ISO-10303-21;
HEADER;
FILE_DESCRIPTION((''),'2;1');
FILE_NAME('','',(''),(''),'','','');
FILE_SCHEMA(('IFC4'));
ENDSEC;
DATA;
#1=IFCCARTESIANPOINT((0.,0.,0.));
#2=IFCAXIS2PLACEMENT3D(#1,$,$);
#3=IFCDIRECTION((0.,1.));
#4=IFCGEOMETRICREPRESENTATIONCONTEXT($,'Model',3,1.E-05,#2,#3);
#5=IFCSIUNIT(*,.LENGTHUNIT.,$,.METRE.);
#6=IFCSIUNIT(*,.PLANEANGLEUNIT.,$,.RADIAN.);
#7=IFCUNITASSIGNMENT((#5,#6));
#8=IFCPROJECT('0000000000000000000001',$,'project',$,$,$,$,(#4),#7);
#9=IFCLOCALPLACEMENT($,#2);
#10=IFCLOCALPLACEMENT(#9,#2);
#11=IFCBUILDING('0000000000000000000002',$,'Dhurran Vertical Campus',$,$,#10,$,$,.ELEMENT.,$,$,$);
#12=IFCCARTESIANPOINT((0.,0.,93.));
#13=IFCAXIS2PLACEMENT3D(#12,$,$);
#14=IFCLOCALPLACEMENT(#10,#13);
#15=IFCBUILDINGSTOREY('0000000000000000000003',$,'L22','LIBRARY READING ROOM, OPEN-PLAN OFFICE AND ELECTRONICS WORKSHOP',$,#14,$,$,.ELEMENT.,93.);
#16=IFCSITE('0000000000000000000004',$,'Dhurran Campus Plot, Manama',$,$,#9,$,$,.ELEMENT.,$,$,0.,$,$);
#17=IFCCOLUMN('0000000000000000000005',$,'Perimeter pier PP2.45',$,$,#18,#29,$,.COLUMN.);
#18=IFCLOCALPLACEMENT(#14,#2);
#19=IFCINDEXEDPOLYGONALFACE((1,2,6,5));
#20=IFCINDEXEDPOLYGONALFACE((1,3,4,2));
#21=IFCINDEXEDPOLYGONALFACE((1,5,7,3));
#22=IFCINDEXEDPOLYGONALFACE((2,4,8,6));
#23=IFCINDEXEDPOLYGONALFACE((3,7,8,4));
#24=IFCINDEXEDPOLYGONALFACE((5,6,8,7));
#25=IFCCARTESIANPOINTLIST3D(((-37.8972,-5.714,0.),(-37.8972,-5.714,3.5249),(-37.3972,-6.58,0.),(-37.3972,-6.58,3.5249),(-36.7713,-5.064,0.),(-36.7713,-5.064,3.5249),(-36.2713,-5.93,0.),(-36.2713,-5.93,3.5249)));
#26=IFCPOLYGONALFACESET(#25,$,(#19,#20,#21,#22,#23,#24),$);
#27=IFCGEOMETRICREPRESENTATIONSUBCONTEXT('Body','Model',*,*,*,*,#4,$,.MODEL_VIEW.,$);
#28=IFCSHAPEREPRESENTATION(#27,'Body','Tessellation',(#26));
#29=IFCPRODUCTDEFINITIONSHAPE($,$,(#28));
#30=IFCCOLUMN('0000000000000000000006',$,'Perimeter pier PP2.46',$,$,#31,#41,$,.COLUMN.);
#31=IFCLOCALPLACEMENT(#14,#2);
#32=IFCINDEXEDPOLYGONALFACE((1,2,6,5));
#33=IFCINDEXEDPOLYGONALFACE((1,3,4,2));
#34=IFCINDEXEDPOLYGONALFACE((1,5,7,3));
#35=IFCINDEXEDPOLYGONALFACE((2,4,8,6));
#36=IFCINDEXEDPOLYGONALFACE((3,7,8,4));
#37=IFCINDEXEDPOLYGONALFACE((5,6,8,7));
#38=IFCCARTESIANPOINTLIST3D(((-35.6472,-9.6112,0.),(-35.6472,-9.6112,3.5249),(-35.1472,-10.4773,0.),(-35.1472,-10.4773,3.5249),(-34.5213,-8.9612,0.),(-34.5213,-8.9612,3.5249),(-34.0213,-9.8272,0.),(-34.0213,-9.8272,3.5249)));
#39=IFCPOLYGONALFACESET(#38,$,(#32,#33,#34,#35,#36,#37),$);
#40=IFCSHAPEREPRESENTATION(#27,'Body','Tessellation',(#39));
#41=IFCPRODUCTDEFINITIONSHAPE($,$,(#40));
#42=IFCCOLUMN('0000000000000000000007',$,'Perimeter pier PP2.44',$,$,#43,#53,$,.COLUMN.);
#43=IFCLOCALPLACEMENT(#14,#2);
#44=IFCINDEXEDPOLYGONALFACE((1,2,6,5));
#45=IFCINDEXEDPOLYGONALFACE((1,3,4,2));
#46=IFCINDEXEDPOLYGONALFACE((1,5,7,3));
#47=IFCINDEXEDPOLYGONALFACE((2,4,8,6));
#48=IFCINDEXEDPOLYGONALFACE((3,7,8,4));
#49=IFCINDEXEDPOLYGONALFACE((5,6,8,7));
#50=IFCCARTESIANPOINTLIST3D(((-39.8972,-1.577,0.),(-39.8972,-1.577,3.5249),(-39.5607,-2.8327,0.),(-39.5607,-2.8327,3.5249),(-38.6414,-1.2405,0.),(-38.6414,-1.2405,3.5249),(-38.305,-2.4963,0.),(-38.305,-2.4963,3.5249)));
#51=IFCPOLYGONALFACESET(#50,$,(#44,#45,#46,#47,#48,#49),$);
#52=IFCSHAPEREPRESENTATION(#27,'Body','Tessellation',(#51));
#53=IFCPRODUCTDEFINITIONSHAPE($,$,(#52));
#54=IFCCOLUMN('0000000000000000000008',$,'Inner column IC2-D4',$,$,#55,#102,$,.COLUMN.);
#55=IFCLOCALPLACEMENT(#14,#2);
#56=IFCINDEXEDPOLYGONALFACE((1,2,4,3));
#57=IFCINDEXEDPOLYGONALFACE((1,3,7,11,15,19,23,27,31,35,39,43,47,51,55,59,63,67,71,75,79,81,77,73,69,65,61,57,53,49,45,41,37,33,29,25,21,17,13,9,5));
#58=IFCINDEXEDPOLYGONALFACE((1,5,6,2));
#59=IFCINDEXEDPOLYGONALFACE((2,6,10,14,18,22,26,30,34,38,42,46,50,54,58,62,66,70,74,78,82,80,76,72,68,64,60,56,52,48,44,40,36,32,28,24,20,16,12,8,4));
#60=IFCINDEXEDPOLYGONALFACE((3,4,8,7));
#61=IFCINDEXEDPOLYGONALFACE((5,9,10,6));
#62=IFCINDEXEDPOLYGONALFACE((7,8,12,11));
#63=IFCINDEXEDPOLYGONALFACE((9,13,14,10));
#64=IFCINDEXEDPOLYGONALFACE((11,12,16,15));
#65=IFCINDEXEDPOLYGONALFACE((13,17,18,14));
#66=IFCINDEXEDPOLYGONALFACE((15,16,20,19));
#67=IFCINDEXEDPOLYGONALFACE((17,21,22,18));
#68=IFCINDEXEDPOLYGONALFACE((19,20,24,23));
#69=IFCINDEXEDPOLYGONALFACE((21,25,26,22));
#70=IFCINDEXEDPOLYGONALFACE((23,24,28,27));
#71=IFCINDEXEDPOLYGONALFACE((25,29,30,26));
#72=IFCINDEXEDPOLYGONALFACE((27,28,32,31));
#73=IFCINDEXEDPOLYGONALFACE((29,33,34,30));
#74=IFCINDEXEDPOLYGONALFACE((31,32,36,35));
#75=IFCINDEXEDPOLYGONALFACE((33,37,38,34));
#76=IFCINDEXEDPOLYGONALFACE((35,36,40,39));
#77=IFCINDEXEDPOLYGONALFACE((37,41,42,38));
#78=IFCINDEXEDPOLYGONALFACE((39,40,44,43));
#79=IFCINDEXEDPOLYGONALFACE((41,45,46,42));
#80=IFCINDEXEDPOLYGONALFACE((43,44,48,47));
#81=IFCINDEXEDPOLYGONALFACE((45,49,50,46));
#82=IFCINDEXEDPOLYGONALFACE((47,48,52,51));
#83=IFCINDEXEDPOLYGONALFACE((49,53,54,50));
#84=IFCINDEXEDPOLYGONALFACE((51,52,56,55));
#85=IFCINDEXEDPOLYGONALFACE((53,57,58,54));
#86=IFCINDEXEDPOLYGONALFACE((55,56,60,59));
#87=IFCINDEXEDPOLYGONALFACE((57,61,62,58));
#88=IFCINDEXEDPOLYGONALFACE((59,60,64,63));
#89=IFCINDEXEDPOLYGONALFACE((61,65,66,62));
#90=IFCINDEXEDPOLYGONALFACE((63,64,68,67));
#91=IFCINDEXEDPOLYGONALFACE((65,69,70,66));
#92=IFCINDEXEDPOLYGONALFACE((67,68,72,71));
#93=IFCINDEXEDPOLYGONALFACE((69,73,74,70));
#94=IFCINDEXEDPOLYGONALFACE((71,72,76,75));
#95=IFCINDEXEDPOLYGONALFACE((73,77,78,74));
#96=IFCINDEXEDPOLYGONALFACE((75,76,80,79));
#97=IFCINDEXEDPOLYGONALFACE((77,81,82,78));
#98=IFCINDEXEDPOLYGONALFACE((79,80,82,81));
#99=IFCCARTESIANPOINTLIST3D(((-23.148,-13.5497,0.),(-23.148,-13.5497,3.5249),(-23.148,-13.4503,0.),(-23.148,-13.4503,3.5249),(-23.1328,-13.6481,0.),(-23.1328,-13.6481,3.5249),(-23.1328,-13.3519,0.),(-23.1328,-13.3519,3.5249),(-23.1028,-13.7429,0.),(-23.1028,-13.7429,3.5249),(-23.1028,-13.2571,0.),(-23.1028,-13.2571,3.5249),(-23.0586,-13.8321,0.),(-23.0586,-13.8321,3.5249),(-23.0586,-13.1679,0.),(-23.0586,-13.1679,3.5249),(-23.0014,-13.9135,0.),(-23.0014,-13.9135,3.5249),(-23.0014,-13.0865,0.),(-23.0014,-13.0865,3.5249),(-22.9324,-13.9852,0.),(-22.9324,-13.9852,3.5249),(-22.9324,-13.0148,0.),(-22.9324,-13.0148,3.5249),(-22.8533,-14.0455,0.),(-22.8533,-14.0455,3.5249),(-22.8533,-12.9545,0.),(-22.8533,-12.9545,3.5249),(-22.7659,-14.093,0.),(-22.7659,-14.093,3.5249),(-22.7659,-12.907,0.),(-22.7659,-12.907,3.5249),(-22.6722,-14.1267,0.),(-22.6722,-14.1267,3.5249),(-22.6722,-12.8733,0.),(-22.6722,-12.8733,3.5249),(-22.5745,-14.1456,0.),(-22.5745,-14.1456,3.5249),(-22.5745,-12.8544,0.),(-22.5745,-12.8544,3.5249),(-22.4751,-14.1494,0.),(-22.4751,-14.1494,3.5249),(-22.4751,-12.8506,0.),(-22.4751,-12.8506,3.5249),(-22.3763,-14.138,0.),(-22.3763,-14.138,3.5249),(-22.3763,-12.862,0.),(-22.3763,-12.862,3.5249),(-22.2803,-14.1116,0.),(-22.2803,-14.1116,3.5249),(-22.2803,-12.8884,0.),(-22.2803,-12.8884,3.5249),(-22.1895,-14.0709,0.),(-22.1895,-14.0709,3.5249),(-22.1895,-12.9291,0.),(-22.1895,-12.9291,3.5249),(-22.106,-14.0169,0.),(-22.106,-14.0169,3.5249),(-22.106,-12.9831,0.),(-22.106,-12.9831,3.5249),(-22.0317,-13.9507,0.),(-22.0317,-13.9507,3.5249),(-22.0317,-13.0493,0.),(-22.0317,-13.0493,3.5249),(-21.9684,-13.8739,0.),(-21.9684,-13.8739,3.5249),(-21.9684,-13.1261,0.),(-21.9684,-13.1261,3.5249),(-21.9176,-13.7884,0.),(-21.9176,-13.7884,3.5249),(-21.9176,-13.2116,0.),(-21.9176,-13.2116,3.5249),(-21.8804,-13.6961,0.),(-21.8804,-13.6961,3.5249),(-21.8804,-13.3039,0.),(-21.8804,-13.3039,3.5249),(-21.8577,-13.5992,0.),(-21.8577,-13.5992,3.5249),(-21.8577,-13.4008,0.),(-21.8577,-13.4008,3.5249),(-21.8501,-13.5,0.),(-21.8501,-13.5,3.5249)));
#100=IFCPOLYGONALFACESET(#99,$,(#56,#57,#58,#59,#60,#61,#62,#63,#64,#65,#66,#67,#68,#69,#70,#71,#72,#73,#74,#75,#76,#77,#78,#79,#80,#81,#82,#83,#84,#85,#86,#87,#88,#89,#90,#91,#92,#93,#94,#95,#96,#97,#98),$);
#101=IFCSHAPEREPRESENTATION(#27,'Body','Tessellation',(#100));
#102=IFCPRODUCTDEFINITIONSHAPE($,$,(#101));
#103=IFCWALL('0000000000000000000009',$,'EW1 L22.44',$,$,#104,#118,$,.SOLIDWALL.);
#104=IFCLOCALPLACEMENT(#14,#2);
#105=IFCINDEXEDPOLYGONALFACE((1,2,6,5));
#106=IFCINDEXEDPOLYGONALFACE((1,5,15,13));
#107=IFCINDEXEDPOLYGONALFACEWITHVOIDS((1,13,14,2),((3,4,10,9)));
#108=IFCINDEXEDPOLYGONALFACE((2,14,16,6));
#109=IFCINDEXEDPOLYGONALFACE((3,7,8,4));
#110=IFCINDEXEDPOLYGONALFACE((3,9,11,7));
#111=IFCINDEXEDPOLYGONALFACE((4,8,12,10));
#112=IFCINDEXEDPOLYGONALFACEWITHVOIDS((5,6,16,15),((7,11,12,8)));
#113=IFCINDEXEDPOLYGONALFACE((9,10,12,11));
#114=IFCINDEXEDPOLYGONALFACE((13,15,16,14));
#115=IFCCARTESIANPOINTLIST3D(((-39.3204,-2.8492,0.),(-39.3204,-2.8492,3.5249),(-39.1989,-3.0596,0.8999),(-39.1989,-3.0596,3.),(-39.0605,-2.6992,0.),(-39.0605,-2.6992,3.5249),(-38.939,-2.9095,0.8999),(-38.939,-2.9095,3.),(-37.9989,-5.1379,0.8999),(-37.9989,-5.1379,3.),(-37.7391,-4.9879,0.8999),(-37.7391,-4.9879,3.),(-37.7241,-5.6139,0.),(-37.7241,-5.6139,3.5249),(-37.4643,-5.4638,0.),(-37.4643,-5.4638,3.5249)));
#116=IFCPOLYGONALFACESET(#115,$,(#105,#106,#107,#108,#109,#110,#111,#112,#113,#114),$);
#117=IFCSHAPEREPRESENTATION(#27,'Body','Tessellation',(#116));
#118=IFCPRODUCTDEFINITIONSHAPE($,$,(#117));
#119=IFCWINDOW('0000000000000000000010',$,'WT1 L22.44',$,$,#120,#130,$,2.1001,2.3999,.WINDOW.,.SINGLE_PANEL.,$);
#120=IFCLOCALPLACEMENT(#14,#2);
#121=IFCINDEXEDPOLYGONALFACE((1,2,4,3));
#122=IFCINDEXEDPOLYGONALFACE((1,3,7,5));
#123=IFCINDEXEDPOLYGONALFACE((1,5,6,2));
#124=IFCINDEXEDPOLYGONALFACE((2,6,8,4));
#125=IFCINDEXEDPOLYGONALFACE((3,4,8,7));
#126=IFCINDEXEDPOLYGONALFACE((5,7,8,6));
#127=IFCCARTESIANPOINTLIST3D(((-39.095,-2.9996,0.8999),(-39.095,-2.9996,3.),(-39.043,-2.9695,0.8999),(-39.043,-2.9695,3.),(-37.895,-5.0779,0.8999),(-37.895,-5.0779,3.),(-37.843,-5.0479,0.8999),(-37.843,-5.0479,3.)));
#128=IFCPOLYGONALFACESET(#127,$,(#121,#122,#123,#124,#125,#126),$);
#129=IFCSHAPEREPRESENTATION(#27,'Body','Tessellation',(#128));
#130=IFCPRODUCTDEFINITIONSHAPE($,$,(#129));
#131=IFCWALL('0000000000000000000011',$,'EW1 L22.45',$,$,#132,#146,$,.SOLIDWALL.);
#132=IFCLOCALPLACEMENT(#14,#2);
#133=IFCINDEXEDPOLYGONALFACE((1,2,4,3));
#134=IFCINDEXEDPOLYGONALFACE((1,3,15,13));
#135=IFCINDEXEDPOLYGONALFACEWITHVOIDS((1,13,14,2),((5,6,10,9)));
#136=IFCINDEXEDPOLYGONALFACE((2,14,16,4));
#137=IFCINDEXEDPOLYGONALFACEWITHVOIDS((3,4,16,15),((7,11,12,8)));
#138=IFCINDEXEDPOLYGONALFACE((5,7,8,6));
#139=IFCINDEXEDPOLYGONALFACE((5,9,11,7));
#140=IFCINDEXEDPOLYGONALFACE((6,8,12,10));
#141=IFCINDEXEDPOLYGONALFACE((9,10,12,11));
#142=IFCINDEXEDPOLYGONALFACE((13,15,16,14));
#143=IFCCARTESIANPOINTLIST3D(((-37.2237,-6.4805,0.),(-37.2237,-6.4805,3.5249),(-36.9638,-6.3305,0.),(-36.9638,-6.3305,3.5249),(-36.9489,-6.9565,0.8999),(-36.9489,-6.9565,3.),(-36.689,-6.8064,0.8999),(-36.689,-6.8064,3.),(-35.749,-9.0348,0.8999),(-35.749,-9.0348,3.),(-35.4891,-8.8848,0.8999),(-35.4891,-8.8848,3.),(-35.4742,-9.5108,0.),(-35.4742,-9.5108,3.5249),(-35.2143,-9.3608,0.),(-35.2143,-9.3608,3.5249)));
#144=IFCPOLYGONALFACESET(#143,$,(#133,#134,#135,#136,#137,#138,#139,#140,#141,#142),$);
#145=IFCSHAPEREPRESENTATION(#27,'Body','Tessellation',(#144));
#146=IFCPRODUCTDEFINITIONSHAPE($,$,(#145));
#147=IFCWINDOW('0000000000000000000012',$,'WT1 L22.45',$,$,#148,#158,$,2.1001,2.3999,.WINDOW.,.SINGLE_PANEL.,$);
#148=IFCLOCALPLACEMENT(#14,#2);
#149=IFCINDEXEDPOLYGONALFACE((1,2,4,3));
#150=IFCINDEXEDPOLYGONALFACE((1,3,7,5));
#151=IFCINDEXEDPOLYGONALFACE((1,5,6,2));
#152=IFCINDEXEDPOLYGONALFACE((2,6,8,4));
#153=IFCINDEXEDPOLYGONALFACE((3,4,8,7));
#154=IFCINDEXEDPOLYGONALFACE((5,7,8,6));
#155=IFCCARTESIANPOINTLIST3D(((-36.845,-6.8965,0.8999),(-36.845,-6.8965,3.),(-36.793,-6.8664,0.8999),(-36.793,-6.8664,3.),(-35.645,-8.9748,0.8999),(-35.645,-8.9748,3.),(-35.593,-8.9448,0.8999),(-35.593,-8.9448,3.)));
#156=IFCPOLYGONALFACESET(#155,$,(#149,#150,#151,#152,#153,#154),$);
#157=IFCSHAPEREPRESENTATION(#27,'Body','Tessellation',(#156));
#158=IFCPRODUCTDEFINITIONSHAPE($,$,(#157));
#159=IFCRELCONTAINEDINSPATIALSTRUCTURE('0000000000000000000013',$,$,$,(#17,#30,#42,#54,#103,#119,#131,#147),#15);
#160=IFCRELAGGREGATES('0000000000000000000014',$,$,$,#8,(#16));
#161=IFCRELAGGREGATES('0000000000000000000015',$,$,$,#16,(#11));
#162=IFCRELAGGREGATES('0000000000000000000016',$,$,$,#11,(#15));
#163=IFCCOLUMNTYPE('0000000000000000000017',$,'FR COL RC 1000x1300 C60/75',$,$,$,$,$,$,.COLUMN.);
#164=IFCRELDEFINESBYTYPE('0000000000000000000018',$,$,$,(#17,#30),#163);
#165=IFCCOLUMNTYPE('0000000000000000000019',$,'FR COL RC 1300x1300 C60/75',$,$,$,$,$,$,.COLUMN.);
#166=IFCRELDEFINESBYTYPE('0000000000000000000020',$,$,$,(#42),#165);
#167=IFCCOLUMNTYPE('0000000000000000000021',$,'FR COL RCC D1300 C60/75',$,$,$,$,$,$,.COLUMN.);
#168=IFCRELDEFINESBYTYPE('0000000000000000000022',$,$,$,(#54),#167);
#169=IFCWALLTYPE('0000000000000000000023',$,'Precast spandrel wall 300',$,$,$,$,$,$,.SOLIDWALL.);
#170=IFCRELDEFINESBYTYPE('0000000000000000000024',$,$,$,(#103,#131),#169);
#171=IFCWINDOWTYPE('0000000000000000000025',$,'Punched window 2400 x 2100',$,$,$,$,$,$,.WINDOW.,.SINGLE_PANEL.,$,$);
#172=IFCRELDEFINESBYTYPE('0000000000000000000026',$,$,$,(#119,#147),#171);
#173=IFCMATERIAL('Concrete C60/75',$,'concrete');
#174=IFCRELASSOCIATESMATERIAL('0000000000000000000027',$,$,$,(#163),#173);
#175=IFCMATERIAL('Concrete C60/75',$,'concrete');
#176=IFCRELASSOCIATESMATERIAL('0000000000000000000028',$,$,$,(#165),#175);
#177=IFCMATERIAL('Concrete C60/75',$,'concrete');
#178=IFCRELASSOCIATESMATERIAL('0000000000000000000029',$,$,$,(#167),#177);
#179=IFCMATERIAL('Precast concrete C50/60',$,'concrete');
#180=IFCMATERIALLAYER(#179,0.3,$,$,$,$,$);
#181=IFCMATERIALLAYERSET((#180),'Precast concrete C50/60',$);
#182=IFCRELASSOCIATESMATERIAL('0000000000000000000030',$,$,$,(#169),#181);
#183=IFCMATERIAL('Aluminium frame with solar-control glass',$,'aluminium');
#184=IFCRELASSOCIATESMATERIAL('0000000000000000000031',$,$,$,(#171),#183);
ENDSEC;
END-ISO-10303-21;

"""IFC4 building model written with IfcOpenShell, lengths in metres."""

from ifc_helpers import new_model, si_unit, direction, frame, frame_2d, origin, origin_2d, place, context, subcontext, project, spatial, rectangle, circle, extrude, material, layer, layer_set, material_profile, profile_set, type_object, element, fill, save


model = new_model("IFC4")

# Units and contexts
model_context = context("Model", 3, precision=1e-05, world=origin(), true_north=direction((0.0, 1.0)))
body_context = subcontext(model_context, "Body", "Model", "MODEL_VIEW")
ifc_project = project(units=[si_unit("LENGTHUNIT", "METRE"), si_unit("PLANEANGLEUNIT", "RADIAN")], contexts=[model_context])

# Site, building, storey
site_placement = place(None, origin())
site = spatial("IfcSite", under=ifc_project, at=site_placement, Name="Dhurran Campus Plot, Manama", CompositionType="ELEMENT", RefElevation=0.0)
building_placement = place(site_placement, origin())
building = spatial("IfcBuilding", under=site, at=building_placement, Name="Dhurran Vertical Campus", CompositionType="ELEMENT")
storey_placement = place(building_placement, frame((0.0, 0.0, 93.0)))
storey = spatial("IfcBuildingStorey", under=building, at=storey_placement, Name="L22", Description="LIBRARY READING ROOM, OPEN-PLAN OFFICE AND ELECTRONICS WORKSHOP", CompositionType="ELEMENT", Elevation=93.0)

# Columns
ifc_material_1 = material(Name="Concrete C60/75", Category="concrete")
ifc_material_profile_1 = material_profile(ifc_material_1, rectangle(XDim=1.0, YDim=1.3, at=origin_2d()), Name="RC 1000x1300")
ifc_profile_set_1 = profile_set([ifc_material_profile_1], Name="Concrete C60/75")
column_type_1 = type_object("IfcColumnType", Name="FR COL RC 1000x1300 C60/75", PredefinedType="COLUMN", material=ifc_profile_set_1)
for number, where, z_axis, x_axis, name in (
    (1, (-37.0842, -5.822, 0.0), (0.0, 0.0, 1.0), (0.5, -0.866025, 0.0), "Perimeter pier PP2.45"),
    (2, (-34.8342, -9.7192, 0.0), (0.0, 0.0, 1.0), (0.5, -0.866025, 0.0), "Perimeter pier PP2.46"),
):
    element("IfcColumn", number, at=place(storey_placement, frame(where, z_axis=z_axis, x_axis=x_axis)), inside=storey, type_object=column_type_1, Name=name, PredefinedType="COLUMN", context=body_context, shape_type="SweptSolid", body=[
        extrude(rectangle(XDim=1.0, YDim=1.3, at=origin_2d()), origin(), (0.0, 0.0, 1.0), 3.5249),
    ])
ifc_material_2 = material(Name="Concrete C60/75", Category="concrete")
ifc_material_profile_2 = material_profile(ifc_material_2, rectangle(XDim=1.3, YDim=1.3, at=origin_2d()), Name="RC 1300x1300")
ifc_profile_set_2 = profile_set([ifc_material_profile_2], Name="Concrete C60/75")
column_type_2 = type_object("IfcColumnType", Name="FR COL RC 1300x1300 C60/75", PredefinedType="COLUMN", material=ifc_profile_set_2)
column_1_placement = place(storey_placement, frame((-39.1011, -2.0366, 0.0), z_axis=(0.0, 0.0, 1.0), x_axis=(0.258819, -0.965926, 0.0)))
element("IfcColumn", 3, at=column_1_placement, inside=storey, type_object=column_type_2, Name="Perimeter pier PP2.44", PredefinedType="COLUMN", context=body_context, shape_type="SweptSolid", body=[
    extrude(rectangle(XDim=1.3, YDim=1.3, at=origin_2d()), origin(), (0.0, 0.0, 1.0), 3.5249),
])
ifc_material_3 = material(Name="Concrete C60/75", Category="concrete")
ifc_material_profile_3 = material_profile(ifc_material_3, circle(Radius=0.6499, at=origin_2d()), Name="RCC D1300")
ifc_profile_set_3 = profile_set([ifc_material_profile_3], Name="Concrete C60/75")
column_type_3 = type_object("IfcColumnType", Name="FR COL RCC D1300 C60/75", PredefinedType="COLUMN", material=ifc_profile_set_3)
column_2_placement = place(storey_placement, frame((-22.5, -13.5, 0.0), z_axis=(0.0, 0.0, 1.0), x_axis=(1.0, 0.0, 0.0)))
element("IfcColumn", 4, at=column_2_placement, inside=storey, type_object=column_type_3, Name="Inner column IC2-D4", PredefinedType="COLUMN", context=body_context, shape_type="SweptSolid", body=[
    extrude(circle(Radius=0.6499, at=origin_2d()), origin(), (0.0, 0.0, 1.0), 3.5249),
])

# Walls, openings, windows
ifc_material_4 = material(Name="Precast concrete C50/60", Category="concrete")
ifc_layer_1 = layer(ifc_material_4, 0.3)
ifc_layer_set_1 = layer_set([ifc_layer_1], Name="Precast concrete C50/60")
wall_type_1 = type_object("IfcWallType", Name="Precast spandrel wall 300", PredefinedType="SOLIDWALL", material=ifc_layer_set_1)
wall_1_placement = place(storey_placement, frame((-39.1904, -2.7742, 0.0), z_axis=(0.0, 0.0, 1.0), x_axis=(0.500005, -0.866023, 0.0)))
wall_1 = element("IfcWall", 5, at=wall_1_placement, inside=storey, type_object=wall_type_1, Name="EW1 L22.44", PredefinedType="SOLIDWALL", context=body_context, shape_type="SweptSolid", body=[
    extrude(rectangle(XDim=3.1924, YDim=0.3, at=frame_2d((1.5962, 0.0))), origin(), (0.0, 0.0, 1.0), 3.5249),
])
opening_1_placement = place(wall_1_placement, frame((0.2429, 0.0, 0.8999)))
opening_1 = element("IfcOpeningElement", 6, at=opening_1_placement, cuts=wall_1, PredefinedType="OPENING", context=body_context, shape_type="SweptSolid", body=[
    extrude(rectangle(XDim=2.3999, YDim=2.1001, at=frame_2d((1.2, 1.05))), frame((0.0, 0.1599, 0.0), z_axis=(0.0, -1.0, 0.0), x_axis=(1.0, 0.0, 0.0)), (0.0, 0.0, 1.0), 0.3201),
])
ifc_material_5 = material(Name="Aluminium frame with solar-control glass", Category="aluminium")
window_type = type_object("IfcWindowType", Name="Punched window 2400 x 2100", PartitioningType="SINGLE_PANEL", PredefinedType="WINDOW", material=ifc_material_5)
window_1_placement = place(opening_1_placement, origin())
window_1 = element("IfcWindow", 7, at=window_1_placement, inside=storey, type_object=window_type, Name="WT1 L22.44", OverallHeight=2.1001, OverallWidth=2.3999, PartitioningType="SINGLE_PANEL", PredefinedType="WINDOW", context=body_context, shape_type="SweptSolid", body=[
    extrude(rectangle(XDim=2.3999, YDim=2.1001, at=frame_2d((1.2, 1.05))), frame((0.0, 0.03, 0.0), z_axis=(0.0, -1.0, 0.0), x_axis=(1.0, 0.0, 0.0)), (0.0, 0.0, 1.0), 0.0601),
])
fill(opening_1, window_1)
wall_2_placement = place(storey_placement, frame((-37.0938, -6.4055, 0.0), z_axis=(0.0, 0.0, 1.0), x_axis=(0.499996, -0.866028, 0.0)))
wall_2 = element("IfcWall", 8, at=wall_2_placement, inside=storey, type_object=wall_type_1, Name="EW1 L22.45", PredefinedType="SOLIDWALL", context=body_context, shape_type="SweptSolid", body=[
    extrude(rectangle(XDim=3.499, YDim=0.3, at=frame_2d((1.7495, 0.0))), origin(), (0.0, 0.0, 1.0), 3.5249),
])
opening_2_placement = place(wall_2_placement, frame((0.5496, 0.0, 0.8999)))
opening_2 = element("IfcOpeningElement", 9, at=opening_2_placement, cuts=wall_2, PredefinedType="OPENING", context=body_context, shape_type="SweptSolid", body=[
    extrude(rectangle(XDim=2.3999, YDim=2.1001, at=frame_2d((1.2, 1.05))), frame((0.0, 0.1599, 0.0), z_axis=(0.0, -1.0, 0.0), x_axis=(1.0, 0.0, 0.0)), (0.0, 0.0, 1.0), 0.3201),
])
window_2_placement = place(opening_2_placement, origin())
window_2 = element("IfcWindow", 10, at=window_2_placement, inside=storey, type_object=window_type, Name="WT1 L22.45", OverallHeight=2.1001, OverallWidth=2.3999, PartitioningType="SINGLE_PANEL", PredefinedType="WINDOW", context=body_context, shape_type="SweptSolid", body=[
    extrude(rectangle(XDim=2.3999, YDim=2.1001, at=frame_2d((1.2, 1.05))), frame((0.0, 0.03, 0.0), z_axis=(0.0, -1.0, 0.0), x_axis=(1.0, 0.0, 0.0)), (0.0, 0.0, 1.0), 0.0601),
])
fill(opening_2, window_2)

save(model, "model.ifc")
